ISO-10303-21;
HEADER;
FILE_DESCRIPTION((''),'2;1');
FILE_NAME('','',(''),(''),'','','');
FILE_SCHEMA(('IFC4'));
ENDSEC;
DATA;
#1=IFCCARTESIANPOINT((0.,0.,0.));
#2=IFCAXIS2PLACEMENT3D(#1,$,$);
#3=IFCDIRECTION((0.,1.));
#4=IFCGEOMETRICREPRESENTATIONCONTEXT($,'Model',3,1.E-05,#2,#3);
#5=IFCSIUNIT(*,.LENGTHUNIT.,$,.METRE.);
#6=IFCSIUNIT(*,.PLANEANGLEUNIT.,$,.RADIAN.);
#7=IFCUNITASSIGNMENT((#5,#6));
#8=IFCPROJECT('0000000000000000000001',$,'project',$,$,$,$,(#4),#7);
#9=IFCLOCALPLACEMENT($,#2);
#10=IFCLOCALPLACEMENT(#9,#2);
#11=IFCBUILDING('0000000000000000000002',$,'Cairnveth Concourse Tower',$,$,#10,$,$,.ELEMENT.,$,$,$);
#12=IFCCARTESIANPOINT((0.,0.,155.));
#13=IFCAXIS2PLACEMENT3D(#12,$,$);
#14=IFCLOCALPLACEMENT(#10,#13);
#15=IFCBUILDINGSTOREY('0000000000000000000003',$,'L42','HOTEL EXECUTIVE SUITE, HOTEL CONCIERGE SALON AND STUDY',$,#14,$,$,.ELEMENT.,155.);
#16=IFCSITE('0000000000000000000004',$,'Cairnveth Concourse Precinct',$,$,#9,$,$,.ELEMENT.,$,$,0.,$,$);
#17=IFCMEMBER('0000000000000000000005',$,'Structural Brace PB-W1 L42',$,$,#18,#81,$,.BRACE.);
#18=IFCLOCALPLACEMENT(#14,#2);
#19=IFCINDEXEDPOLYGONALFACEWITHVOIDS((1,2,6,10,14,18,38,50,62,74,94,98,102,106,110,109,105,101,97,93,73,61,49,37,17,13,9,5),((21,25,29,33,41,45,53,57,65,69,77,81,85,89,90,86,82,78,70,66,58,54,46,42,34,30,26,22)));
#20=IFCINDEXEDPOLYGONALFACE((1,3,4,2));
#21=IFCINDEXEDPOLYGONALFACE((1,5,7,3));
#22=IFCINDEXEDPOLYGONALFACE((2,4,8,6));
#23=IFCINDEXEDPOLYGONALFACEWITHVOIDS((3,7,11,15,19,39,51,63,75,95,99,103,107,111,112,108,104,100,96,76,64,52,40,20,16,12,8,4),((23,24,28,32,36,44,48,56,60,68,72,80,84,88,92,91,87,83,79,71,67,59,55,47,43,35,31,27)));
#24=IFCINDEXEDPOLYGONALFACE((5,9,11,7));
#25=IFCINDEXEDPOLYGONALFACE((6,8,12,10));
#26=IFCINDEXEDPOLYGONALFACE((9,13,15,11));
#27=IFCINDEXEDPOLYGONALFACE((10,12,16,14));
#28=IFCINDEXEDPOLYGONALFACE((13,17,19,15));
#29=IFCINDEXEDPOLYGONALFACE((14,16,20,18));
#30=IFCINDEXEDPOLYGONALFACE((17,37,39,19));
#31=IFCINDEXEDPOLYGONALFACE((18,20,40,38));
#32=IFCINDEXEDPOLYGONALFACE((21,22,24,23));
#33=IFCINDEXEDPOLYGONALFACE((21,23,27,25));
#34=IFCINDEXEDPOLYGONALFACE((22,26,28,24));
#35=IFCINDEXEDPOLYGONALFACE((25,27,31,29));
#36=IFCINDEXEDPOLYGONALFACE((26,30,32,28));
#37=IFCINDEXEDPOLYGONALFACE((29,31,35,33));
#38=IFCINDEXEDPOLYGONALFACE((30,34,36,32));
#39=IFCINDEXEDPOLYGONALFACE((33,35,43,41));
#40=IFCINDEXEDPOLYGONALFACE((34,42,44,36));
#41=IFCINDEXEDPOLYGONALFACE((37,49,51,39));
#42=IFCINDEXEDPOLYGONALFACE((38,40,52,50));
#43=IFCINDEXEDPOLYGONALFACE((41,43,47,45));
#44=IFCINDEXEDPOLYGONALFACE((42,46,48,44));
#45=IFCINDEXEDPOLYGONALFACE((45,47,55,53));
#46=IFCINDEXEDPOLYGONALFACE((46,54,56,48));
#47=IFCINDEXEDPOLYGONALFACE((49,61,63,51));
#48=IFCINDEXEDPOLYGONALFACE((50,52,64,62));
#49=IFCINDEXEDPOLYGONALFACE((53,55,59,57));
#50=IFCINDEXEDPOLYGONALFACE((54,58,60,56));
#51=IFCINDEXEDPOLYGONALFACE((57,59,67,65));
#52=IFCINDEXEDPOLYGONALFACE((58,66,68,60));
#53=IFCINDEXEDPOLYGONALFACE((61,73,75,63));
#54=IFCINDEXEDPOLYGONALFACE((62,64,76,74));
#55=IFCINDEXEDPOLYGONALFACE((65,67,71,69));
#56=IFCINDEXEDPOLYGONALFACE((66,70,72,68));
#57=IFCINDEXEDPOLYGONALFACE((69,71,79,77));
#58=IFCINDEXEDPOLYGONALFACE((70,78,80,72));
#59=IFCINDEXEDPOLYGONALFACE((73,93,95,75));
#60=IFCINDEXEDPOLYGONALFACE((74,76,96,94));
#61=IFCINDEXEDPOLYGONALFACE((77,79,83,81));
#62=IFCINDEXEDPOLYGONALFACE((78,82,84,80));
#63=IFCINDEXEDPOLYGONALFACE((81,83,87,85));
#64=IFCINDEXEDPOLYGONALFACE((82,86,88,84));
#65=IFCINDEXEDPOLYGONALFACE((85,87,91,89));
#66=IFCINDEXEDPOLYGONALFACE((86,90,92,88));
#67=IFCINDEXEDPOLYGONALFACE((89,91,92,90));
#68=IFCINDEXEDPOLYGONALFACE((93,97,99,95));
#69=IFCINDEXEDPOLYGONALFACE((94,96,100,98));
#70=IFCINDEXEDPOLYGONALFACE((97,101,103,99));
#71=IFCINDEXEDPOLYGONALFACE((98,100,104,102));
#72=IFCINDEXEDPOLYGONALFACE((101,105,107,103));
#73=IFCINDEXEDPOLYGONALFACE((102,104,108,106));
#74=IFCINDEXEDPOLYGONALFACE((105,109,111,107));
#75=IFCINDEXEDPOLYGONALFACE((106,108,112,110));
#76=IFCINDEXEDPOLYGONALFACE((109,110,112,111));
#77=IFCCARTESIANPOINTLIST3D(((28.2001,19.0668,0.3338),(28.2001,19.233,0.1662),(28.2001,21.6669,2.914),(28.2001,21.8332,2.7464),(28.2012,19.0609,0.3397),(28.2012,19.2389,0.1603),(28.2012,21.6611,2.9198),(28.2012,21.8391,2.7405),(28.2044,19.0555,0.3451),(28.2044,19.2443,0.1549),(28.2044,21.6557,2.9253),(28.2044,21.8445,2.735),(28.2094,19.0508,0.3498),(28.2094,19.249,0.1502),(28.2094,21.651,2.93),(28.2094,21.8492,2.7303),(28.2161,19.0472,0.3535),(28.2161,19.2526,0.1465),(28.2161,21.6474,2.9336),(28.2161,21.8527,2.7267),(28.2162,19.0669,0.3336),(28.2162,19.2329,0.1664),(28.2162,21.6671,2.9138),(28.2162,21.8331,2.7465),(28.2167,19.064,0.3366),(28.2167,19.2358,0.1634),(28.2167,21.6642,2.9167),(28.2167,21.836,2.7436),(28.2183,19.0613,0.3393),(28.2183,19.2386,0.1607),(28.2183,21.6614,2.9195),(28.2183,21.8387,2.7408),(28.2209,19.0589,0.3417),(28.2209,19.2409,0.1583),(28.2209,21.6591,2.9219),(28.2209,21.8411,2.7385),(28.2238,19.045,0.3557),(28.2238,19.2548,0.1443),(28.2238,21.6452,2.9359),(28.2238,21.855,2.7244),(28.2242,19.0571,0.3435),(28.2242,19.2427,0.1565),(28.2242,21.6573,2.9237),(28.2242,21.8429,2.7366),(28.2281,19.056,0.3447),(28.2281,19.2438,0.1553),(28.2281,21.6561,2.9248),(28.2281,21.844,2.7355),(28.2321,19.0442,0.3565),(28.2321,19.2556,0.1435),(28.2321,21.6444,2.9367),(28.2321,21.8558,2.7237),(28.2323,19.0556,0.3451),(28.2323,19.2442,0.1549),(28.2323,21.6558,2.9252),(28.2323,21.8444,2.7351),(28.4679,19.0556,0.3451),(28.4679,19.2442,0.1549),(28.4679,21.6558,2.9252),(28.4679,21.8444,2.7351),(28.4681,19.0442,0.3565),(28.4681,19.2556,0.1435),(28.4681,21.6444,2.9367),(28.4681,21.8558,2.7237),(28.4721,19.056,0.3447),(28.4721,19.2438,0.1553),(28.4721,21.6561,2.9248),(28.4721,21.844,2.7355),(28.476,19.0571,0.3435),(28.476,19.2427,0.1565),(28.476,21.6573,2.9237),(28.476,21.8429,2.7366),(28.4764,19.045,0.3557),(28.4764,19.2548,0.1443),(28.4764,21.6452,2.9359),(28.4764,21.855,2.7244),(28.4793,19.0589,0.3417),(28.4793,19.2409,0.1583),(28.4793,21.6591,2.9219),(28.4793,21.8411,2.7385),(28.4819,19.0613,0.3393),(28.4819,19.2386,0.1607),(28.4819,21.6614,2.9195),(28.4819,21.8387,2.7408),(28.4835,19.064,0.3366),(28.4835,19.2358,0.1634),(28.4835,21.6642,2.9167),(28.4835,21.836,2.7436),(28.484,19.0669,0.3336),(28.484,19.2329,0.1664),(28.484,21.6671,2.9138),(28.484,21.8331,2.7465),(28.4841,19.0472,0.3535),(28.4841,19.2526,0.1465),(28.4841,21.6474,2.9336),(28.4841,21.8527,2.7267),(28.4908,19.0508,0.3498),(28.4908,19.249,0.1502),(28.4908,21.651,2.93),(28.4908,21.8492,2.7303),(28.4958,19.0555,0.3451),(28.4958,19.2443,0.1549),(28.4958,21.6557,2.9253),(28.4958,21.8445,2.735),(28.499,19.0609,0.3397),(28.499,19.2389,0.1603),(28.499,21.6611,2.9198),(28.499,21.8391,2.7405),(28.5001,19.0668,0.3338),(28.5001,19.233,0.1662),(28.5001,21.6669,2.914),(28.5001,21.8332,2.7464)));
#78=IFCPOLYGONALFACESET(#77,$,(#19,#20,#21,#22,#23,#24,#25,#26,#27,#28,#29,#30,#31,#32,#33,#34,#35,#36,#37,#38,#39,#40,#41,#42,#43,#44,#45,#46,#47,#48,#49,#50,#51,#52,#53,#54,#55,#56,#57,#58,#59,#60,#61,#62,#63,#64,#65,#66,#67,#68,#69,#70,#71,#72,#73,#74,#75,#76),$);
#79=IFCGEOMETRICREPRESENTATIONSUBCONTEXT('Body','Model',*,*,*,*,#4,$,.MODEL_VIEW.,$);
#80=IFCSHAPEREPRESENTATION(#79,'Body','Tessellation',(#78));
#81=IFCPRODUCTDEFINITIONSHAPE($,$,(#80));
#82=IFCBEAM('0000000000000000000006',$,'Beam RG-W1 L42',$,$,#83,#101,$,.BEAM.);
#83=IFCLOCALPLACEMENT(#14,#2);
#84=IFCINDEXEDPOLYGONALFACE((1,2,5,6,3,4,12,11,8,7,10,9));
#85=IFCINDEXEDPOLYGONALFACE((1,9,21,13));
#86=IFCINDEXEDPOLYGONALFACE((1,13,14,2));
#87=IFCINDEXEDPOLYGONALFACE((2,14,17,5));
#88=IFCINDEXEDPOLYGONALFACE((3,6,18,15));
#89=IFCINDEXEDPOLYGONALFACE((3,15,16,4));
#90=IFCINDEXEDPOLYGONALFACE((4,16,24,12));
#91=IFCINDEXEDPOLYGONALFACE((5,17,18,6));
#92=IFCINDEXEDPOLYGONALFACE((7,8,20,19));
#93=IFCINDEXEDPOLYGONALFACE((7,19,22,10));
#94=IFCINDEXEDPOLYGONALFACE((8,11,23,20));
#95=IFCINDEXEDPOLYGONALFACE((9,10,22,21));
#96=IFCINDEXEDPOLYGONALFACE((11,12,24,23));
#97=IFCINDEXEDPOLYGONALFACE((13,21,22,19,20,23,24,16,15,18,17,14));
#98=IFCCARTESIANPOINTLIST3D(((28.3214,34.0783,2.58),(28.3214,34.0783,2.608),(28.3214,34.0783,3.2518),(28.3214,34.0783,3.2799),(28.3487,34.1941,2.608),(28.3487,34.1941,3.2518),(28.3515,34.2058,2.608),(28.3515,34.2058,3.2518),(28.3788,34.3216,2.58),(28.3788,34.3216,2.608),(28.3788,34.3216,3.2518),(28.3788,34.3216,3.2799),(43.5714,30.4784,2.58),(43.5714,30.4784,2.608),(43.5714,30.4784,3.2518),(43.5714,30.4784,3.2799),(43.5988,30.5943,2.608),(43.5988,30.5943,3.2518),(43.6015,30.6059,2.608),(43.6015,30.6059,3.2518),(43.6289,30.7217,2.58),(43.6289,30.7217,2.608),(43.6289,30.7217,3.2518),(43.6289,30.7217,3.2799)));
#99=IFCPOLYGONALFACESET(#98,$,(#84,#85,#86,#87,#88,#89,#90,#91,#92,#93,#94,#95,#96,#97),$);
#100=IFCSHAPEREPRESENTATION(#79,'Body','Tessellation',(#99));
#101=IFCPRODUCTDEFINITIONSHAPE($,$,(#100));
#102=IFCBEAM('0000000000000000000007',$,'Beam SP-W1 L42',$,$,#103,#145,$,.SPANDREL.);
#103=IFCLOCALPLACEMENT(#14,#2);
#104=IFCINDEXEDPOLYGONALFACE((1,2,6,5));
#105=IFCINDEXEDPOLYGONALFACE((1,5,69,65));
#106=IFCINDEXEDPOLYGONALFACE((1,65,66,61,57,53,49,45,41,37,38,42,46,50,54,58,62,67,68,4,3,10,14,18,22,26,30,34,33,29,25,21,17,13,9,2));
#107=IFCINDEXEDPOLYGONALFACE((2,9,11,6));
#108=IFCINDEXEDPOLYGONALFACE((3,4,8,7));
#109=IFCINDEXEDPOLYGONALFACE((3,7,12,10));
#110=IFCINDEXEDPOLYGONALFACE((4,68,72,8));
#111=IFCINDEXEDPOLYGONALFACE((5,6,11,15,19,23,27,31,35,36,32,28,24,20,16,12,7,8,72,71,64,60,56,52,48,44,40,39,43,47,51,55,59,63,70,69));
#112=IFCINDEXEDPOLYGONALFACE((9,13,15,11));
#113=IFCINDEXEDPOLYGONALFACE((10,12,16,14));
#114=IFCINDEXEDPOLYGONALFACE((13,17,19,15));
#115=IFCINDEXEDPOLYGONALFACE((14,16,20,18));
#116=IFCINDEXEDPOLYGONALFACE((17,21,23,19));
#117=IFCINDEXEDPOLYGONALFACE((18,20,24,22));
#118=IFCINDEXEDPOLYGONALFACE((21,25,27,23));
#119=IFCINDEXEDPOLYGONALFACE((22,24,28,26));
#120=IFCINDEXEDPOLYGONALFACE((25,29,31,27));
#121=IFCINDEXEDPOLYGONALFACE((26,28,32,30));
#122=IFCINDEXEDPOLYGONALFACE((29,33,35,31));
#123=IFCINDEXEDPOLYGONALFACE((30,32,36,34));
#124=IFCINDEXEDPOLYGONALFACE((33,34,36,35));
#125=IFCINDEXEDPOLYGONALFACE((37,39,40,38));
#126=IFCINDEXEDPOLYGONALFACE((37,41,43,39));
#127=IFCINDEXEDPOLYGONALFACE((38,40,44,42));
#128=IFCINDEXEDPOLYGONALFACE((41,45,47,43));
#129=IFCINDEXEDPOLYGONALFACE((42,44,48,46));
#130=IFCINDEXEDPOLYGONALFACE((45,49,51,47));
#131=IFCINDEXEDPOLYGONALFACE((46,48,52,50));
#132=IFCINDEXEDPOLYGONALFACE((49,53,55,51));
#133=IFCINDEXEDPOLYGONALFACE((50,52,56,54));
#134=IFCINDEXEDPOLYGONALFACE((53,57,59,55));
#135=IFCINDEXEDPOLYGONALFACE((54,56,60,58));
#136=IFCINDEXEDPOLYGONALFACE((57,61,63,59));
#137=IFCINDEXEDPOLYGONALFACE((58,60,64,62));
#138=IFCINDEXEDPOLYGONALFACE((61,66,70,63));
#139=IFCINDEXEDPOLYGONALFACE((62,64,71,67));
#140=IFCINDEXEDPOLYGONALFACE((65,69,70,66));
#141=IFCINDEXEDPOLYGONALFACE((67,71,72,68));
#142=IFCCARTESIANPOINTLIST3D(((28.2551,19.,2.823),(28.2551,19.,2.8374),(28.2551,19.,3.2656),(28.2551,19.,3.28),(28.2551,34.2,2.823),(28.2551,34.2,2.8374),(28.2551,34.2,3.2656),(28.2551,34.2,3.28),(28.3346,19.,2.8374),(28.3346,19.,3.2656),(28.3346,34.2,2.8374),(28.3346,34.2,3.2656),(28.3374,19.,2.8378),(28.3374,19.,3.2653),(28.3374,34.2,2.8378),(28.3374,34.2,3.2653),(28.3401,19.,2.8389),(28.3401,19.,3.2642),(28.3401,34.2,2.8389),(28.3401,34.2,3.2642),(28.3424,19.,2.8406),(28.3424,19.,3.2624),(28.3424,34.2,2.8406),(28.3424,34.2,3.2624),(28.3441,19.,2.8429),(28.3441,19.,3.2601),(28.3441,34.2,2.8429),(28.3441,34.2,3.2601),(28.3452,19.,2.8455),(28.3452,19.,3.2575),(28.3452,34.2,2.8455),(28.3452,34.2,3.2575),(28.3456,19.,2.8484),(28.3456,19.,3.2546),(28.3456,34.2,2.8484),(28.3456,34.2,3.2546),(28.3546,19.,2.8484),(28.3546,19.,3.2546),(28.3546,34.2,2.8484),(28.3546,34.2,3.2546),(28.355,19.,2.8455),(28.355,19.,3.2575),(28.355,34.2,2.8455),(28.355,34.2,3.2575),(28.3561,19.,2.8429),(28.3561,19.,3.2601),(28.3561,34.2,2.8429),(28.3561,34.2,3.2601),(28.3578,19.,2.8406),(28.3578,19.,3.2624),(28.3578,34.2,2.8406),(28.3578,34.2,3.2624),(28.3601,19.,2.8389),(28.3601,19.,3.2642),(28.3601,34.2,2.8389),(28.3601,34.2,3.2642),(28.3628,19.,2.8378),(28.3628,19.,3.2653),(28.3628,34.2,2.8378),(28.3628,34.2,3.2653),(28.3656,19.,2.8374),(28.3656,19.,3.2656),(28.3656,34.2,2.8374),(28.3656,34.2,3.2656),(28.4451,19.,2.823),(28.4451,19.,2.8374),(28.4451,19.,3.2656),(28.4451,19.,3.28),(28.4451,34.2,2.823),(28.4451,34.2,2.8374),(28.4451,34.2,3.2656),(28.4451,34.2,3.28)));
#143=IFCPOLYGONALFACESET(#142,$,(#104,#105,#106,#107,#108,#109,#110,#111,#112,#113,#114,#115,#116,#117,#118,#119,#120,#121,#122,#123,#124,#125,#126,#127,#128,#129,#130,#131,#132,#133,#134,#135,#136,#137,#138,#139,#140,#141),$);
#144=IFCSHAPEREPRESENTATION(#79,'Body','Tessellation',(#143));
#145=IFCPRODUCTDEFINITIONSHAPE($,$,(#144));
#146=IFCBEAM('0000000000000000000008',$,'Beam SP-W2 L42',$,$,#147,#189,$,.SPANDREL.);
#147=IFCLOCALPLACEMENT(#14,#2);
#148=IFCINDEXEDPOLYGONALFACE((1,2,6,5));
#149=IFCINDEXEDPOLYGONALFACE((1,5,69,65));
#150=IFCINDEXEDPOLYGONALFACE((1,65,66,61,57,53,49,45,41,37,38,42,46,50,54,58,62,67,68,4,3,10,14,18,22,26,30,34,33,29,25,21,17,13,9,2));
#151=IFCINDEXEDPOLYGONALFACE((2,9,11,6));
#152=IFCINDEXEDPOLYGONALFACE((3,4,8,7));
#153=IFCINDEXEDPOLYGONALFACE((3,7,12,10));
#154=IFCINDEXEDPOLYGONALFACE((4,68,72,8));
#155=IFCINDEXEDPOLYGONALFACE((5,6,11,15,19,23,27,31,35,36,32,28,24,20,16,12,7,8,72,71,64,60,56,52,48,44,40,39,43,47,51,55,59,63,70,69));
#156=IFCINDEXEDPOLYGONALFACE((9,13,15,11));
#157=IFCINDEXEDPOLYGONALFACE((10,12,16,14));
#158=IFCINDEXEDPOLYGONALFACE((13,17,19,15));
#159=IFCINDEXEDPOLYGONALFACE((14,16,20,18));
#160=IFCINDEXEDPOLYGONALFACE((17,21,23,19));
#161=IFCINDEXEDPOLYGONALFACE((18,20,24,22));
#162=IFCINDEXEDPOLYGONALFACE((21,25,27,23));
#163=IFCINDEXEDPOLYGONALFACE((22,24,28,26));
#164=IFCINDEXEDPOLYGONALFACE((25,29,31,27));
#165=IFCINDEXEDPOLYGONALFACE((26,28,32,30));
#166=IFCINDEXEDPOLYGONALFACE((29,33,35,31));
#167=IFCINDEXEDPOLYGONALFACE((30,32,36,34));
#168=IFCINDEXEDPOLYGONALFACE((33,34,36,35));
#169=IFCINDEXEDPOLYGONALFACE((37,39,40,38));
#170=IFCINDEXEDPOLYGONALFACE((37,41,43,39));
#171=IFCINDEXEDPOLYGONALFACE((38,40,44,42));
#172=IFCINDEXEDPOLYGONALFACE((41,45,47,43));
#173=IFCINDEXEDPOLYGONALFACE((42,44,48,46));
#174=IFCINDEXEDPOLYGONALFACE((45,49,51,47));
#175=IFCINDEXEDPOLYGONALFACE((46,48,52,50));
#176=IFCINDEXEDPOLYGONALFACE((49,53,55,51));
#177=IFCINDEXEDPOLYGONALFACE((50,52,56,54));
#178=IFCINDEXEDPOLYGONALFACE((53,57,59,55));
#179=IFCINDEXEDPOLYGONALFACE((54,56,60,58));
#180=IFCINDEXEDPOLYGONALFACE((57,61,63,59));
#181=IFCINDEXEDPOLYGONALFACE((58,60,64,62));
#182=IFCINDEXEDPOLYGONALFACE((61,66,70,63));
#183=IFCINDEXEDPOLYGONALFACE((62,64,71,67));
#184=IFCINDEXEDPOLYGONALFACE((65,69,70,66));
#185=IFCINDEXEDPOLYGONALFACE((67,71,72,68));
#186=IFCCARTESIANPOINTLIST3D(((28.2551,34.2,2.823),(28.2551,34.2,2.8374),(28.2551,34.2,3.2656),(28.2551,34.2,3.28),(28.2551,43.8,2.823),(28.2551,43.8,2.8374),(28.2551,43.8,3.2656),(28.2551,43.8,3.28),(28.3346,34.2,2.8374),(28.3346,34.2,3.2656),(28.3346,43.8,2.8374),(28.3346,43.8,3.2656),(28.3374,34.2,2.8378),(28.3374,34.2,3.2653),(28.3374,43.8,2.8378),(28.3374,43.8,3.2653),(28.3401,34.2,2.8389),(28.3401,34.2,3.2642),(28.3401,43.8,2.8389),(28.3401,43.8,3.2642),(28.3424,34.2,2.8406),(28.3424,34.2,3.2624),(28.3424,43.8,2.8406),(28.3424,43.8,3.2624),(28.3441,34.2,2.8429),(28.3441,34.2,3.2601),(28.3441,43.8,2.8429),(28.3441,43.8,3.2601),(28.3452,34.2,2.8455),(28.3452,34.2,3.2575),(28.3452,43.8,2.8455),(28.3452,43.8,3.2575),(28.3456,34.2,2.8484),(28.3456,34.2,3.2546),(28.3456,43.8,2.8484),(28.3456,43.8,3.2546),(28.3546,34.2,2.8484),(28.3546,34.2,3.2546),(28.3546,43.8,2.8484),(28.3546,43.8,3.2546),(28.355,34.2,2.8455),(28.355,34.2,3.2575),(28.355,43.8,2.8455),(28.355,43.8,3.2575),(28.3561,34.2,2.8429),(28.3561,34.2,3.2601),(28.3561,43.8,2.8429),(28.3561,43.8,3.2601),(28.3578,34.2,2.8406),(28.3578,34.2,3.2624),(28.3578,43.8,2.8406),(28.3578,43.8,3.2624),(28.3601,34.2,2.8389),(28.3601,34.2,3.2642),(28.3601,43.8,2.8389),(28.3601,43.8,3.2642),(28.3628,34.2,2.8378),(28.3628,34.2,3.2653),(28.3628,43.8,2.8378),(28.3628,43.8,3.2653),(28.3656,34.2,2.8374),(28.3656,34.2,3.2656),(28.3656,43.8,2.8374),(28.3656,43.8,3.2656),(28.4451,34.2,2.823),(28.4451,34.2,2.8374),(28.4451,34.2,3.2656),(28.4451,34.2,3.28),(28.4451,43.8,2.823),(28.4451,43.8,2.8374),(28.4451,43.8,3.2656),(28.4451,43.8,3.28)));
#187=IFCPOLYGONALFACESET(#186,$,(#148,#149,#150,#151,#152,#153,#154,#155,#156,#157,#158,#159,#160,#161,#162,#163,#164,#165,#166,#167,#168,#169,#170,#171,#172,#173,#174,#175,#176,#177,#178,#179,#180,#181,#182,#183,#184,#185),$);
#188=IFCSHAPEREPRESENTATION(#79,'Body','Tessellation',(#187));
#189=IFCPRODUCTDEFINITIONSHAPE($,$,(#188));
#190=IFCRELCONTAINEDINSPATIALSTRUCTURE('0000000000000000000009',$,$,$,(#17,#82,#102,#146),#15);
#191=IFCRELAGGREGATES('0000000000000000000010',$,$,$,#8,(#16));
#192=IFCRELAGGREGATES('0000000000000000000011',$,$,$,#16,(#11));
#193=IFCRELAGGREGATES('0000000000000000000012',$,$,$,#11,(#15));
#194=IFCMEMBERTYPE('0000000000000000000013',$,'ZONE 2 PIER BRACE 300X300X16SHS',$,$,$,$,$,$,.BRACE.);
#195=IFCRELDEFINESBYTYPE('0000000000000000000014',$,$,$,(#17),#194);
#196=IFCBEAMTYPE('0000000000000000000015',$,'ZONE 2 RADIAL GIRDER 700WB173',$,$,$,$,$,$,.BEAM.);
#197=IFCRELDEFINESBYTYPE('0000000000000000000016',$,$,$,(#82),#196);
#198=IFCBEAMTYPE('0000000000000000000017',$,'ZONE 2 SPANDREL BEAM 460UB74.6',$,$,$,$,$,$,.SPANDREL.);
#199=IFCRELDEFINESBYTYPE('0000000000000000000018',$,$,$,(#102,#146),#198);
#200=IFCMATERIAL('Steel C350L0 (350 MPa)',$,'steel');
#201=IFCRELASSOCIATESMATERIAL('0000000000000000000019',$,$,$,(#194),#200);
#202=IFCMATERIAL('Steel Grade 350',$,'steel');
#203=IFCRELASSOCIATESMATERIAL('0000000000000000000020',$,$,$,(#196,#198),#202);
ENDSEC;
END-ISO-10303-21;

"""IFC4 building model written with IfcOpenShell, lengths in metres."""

from ifc_helpers import new_model, si_unit, direction, frame, origin, origin_2d, place, context, subcontext, project, spatial, hollow_rectangle, i_section, extrude, material, material_profile, profile_set, type_object, element, save


model = new_model("IFC4")

# Units and contexts
model_context = context("Model", 3, precision=1e-05, world=origin(), true_north=direction((0.0, 1.0)))
body_context = subcontext(model_context, "Body", "Model", "MODEL_VIEW")
ifc_project = project(units=[si_unit("LENGTHUNIT", "METRE"), si_unit("PLANEANGLEUNIT", "RADIAN")], contexts=[model_context])

# Site, building, storey
site_placement = place(None, origin())
site = spatial("IfcSite", under=ifc_project, at=site_placement, Name="Cairnveth Concourse Precinct", CompositionType="ELEMENT", RefElevation=0.0)
building_placement = place(site_placement, origin())
building = spatial("IfcBuilding", under=site, at=building_placement, Name="Cairnveth Concourse Tower", CompositionType="ELEMENT")
storey_placement = place(building_placement, frame((0.0, 0.0, 155.0)))
storey = spatial("IfcBuildingStorey", under=building, at=storey_placement, Name="L42", Description="HOTEL EXECUTIVE SUITE, HOTEL CONCIERGE SALON AND STUDY", CompositionType="ELEMENT", Elevation=155.0)

# Shared definitions
ifc_material_1 = material(Name="Steel Grade 350", Category="steel")

# Member
ifc_material_2 = material(Name="Steel C350L0 (350 MPa)", Category="steel")
ifc_material_profile_1 = material_profile(ifc_material_2, hollow_rectangle(XDim=0.3, YDim=0.3, WallThickness=0.0161, InnerFilletRadius=0.0161, OuterFilletRadius=0.032, at=origin_2d()), Name="300x300x16.0SHS")
ifc_profile_set_1 = profile_set([ifc_material_profile_1], Name="Steel C350L0 (350 MPa)")
member_type = type_object("IfcMemberType", Name="ZONE 2 PIER BRACE 300X300X16SHS", PredefinedType="BRACE", material=ifc_profile_set_1)
member_placement = place(storey_placement, frame((28.3501, 19.1499, 0.25), z_axis=(0.0, 0.709834, 0.704369), x_axis=(-1.0, 0.0, 0.0)))
element("IfcMember", 1, at=member_placement, inside=storey, type_object=member_type, Name="Structural Brace PB-W1 L42", PredefinedType="BRACE", context=body_context, shape_type="SweptSolid", body=[
    extrude(hollow_rectangle(XDim=0.3, YDim=0.3, WallThickness=0.0161, InnerFilletRadius=0.0161, OuterFilletRadius=0.032, at=origin_2d()), origin(), (0.0, 0.0, 1.0), 3.6631),
])

# Beams
ifc_material_profile_2 = material_profile(ifc_material_1, i_section(OverallWidth=0.25, OverallDepth=0.7, WebThickness=0.012, FlangeThickness=0.0281, at=origin_2d()), Name="700WB173")
ifc_profile_set_2 = profile_set([ifc_material_profile_2], Name="Steel Grade 350")
beam_type_1 = type_object("IfcBeamType", Name="ZONE 2 RADIAL GIRDER 700WB173", PredefinedType="BEAM", material=ifc_profile_set_2)
beam_1_placement = place(storey_placement, frame((28.3501, 34.2, 2.9299), z_axis=(0.973252, -0.229742, 0.0), x_axis=(0.229742, 0.973252, 0.0)))
element("IfcBeam", 2, at=beam_1_placement, inside=storey, type_object=beam_type_1, Name="Beam RG-W1 L42", PredefinedType="BEAM", context=body_context, shape_type="SweptSolid", body=[
    extrude(i_section(OverallWidth=0.25, OverallDepth=0.7, WebThickness=0.012, FlangeThickness=0.0281, at=origin_2d()), origin(), (0.0, 0.0, 1.0), 15.6692),
])
ifc_material_profile_3 = material_profile(ifc_material_1, i_section(OverallWidth=0.1899, OverallDepth=0.457, WebThickness=0.009, FlangeThickness=0.0144, FilletRadius=0.011, at=origin_2d()), Name="460UB74.6")
ifc_profile_set_3 = profile_set([ifc_material_profile_3], Name="Steel Grade 350")
beam_type_2 = type_object("IfcBeamType", Name="ZONE 2 SPANDREL BEAM 460UB74.6", PredefinedType="SPANDREL", material=ifc_profile_set_3)
beam_2_placement = place(storey_placement, frame((28.3501, 19.0, 3.0515), z_axis=(0.0, 1.0, 0.0), x_axis=(-1.0, 0.0, 0.0)))
element("IfcBeam", 3, at=beam_2_placement, inside=storey, type_object=beam_type_2, Name="Beam SP-W1 L42", PredefinedType="SPANDREL", context=body_context, shape_type="SweptSolid", body=[
    extrude(i_section(OverallWidth=0.1899, OverallDepth=0.457, WebThickness=0.009, FlangeThickness=0.0144, FilletRadius=0.011, at=origin_2d()), origin(), (0.0, 0.0, 1.0), 15.2),
])
beam_3_placement = place(storey_placement, frame((28.3501, 34.2, 3.0515), z_axis=(0.0, 1.0, 0.0), x_axis=(-1.0, 0.0, 0.0)))
element("IfcBeam", 4, at=beam_3_placement, inside=storey, type_object=beam_type_2, Name="Beam SP-W2 L42", PredefinedType="SPANDREL", context=body_context, shape_type="SweptSolid", body=[
    extrude(i_section(OverallWidth=0.1899, OverallDepth=0.457, WebThickness=0.009, FlangeThickness=0.0144, FilletRadius=0.011, at=origin_2d()), origin(), (0.0, 0.0, 1.0), 9.6001),
])

save(model, "model.ifc")
